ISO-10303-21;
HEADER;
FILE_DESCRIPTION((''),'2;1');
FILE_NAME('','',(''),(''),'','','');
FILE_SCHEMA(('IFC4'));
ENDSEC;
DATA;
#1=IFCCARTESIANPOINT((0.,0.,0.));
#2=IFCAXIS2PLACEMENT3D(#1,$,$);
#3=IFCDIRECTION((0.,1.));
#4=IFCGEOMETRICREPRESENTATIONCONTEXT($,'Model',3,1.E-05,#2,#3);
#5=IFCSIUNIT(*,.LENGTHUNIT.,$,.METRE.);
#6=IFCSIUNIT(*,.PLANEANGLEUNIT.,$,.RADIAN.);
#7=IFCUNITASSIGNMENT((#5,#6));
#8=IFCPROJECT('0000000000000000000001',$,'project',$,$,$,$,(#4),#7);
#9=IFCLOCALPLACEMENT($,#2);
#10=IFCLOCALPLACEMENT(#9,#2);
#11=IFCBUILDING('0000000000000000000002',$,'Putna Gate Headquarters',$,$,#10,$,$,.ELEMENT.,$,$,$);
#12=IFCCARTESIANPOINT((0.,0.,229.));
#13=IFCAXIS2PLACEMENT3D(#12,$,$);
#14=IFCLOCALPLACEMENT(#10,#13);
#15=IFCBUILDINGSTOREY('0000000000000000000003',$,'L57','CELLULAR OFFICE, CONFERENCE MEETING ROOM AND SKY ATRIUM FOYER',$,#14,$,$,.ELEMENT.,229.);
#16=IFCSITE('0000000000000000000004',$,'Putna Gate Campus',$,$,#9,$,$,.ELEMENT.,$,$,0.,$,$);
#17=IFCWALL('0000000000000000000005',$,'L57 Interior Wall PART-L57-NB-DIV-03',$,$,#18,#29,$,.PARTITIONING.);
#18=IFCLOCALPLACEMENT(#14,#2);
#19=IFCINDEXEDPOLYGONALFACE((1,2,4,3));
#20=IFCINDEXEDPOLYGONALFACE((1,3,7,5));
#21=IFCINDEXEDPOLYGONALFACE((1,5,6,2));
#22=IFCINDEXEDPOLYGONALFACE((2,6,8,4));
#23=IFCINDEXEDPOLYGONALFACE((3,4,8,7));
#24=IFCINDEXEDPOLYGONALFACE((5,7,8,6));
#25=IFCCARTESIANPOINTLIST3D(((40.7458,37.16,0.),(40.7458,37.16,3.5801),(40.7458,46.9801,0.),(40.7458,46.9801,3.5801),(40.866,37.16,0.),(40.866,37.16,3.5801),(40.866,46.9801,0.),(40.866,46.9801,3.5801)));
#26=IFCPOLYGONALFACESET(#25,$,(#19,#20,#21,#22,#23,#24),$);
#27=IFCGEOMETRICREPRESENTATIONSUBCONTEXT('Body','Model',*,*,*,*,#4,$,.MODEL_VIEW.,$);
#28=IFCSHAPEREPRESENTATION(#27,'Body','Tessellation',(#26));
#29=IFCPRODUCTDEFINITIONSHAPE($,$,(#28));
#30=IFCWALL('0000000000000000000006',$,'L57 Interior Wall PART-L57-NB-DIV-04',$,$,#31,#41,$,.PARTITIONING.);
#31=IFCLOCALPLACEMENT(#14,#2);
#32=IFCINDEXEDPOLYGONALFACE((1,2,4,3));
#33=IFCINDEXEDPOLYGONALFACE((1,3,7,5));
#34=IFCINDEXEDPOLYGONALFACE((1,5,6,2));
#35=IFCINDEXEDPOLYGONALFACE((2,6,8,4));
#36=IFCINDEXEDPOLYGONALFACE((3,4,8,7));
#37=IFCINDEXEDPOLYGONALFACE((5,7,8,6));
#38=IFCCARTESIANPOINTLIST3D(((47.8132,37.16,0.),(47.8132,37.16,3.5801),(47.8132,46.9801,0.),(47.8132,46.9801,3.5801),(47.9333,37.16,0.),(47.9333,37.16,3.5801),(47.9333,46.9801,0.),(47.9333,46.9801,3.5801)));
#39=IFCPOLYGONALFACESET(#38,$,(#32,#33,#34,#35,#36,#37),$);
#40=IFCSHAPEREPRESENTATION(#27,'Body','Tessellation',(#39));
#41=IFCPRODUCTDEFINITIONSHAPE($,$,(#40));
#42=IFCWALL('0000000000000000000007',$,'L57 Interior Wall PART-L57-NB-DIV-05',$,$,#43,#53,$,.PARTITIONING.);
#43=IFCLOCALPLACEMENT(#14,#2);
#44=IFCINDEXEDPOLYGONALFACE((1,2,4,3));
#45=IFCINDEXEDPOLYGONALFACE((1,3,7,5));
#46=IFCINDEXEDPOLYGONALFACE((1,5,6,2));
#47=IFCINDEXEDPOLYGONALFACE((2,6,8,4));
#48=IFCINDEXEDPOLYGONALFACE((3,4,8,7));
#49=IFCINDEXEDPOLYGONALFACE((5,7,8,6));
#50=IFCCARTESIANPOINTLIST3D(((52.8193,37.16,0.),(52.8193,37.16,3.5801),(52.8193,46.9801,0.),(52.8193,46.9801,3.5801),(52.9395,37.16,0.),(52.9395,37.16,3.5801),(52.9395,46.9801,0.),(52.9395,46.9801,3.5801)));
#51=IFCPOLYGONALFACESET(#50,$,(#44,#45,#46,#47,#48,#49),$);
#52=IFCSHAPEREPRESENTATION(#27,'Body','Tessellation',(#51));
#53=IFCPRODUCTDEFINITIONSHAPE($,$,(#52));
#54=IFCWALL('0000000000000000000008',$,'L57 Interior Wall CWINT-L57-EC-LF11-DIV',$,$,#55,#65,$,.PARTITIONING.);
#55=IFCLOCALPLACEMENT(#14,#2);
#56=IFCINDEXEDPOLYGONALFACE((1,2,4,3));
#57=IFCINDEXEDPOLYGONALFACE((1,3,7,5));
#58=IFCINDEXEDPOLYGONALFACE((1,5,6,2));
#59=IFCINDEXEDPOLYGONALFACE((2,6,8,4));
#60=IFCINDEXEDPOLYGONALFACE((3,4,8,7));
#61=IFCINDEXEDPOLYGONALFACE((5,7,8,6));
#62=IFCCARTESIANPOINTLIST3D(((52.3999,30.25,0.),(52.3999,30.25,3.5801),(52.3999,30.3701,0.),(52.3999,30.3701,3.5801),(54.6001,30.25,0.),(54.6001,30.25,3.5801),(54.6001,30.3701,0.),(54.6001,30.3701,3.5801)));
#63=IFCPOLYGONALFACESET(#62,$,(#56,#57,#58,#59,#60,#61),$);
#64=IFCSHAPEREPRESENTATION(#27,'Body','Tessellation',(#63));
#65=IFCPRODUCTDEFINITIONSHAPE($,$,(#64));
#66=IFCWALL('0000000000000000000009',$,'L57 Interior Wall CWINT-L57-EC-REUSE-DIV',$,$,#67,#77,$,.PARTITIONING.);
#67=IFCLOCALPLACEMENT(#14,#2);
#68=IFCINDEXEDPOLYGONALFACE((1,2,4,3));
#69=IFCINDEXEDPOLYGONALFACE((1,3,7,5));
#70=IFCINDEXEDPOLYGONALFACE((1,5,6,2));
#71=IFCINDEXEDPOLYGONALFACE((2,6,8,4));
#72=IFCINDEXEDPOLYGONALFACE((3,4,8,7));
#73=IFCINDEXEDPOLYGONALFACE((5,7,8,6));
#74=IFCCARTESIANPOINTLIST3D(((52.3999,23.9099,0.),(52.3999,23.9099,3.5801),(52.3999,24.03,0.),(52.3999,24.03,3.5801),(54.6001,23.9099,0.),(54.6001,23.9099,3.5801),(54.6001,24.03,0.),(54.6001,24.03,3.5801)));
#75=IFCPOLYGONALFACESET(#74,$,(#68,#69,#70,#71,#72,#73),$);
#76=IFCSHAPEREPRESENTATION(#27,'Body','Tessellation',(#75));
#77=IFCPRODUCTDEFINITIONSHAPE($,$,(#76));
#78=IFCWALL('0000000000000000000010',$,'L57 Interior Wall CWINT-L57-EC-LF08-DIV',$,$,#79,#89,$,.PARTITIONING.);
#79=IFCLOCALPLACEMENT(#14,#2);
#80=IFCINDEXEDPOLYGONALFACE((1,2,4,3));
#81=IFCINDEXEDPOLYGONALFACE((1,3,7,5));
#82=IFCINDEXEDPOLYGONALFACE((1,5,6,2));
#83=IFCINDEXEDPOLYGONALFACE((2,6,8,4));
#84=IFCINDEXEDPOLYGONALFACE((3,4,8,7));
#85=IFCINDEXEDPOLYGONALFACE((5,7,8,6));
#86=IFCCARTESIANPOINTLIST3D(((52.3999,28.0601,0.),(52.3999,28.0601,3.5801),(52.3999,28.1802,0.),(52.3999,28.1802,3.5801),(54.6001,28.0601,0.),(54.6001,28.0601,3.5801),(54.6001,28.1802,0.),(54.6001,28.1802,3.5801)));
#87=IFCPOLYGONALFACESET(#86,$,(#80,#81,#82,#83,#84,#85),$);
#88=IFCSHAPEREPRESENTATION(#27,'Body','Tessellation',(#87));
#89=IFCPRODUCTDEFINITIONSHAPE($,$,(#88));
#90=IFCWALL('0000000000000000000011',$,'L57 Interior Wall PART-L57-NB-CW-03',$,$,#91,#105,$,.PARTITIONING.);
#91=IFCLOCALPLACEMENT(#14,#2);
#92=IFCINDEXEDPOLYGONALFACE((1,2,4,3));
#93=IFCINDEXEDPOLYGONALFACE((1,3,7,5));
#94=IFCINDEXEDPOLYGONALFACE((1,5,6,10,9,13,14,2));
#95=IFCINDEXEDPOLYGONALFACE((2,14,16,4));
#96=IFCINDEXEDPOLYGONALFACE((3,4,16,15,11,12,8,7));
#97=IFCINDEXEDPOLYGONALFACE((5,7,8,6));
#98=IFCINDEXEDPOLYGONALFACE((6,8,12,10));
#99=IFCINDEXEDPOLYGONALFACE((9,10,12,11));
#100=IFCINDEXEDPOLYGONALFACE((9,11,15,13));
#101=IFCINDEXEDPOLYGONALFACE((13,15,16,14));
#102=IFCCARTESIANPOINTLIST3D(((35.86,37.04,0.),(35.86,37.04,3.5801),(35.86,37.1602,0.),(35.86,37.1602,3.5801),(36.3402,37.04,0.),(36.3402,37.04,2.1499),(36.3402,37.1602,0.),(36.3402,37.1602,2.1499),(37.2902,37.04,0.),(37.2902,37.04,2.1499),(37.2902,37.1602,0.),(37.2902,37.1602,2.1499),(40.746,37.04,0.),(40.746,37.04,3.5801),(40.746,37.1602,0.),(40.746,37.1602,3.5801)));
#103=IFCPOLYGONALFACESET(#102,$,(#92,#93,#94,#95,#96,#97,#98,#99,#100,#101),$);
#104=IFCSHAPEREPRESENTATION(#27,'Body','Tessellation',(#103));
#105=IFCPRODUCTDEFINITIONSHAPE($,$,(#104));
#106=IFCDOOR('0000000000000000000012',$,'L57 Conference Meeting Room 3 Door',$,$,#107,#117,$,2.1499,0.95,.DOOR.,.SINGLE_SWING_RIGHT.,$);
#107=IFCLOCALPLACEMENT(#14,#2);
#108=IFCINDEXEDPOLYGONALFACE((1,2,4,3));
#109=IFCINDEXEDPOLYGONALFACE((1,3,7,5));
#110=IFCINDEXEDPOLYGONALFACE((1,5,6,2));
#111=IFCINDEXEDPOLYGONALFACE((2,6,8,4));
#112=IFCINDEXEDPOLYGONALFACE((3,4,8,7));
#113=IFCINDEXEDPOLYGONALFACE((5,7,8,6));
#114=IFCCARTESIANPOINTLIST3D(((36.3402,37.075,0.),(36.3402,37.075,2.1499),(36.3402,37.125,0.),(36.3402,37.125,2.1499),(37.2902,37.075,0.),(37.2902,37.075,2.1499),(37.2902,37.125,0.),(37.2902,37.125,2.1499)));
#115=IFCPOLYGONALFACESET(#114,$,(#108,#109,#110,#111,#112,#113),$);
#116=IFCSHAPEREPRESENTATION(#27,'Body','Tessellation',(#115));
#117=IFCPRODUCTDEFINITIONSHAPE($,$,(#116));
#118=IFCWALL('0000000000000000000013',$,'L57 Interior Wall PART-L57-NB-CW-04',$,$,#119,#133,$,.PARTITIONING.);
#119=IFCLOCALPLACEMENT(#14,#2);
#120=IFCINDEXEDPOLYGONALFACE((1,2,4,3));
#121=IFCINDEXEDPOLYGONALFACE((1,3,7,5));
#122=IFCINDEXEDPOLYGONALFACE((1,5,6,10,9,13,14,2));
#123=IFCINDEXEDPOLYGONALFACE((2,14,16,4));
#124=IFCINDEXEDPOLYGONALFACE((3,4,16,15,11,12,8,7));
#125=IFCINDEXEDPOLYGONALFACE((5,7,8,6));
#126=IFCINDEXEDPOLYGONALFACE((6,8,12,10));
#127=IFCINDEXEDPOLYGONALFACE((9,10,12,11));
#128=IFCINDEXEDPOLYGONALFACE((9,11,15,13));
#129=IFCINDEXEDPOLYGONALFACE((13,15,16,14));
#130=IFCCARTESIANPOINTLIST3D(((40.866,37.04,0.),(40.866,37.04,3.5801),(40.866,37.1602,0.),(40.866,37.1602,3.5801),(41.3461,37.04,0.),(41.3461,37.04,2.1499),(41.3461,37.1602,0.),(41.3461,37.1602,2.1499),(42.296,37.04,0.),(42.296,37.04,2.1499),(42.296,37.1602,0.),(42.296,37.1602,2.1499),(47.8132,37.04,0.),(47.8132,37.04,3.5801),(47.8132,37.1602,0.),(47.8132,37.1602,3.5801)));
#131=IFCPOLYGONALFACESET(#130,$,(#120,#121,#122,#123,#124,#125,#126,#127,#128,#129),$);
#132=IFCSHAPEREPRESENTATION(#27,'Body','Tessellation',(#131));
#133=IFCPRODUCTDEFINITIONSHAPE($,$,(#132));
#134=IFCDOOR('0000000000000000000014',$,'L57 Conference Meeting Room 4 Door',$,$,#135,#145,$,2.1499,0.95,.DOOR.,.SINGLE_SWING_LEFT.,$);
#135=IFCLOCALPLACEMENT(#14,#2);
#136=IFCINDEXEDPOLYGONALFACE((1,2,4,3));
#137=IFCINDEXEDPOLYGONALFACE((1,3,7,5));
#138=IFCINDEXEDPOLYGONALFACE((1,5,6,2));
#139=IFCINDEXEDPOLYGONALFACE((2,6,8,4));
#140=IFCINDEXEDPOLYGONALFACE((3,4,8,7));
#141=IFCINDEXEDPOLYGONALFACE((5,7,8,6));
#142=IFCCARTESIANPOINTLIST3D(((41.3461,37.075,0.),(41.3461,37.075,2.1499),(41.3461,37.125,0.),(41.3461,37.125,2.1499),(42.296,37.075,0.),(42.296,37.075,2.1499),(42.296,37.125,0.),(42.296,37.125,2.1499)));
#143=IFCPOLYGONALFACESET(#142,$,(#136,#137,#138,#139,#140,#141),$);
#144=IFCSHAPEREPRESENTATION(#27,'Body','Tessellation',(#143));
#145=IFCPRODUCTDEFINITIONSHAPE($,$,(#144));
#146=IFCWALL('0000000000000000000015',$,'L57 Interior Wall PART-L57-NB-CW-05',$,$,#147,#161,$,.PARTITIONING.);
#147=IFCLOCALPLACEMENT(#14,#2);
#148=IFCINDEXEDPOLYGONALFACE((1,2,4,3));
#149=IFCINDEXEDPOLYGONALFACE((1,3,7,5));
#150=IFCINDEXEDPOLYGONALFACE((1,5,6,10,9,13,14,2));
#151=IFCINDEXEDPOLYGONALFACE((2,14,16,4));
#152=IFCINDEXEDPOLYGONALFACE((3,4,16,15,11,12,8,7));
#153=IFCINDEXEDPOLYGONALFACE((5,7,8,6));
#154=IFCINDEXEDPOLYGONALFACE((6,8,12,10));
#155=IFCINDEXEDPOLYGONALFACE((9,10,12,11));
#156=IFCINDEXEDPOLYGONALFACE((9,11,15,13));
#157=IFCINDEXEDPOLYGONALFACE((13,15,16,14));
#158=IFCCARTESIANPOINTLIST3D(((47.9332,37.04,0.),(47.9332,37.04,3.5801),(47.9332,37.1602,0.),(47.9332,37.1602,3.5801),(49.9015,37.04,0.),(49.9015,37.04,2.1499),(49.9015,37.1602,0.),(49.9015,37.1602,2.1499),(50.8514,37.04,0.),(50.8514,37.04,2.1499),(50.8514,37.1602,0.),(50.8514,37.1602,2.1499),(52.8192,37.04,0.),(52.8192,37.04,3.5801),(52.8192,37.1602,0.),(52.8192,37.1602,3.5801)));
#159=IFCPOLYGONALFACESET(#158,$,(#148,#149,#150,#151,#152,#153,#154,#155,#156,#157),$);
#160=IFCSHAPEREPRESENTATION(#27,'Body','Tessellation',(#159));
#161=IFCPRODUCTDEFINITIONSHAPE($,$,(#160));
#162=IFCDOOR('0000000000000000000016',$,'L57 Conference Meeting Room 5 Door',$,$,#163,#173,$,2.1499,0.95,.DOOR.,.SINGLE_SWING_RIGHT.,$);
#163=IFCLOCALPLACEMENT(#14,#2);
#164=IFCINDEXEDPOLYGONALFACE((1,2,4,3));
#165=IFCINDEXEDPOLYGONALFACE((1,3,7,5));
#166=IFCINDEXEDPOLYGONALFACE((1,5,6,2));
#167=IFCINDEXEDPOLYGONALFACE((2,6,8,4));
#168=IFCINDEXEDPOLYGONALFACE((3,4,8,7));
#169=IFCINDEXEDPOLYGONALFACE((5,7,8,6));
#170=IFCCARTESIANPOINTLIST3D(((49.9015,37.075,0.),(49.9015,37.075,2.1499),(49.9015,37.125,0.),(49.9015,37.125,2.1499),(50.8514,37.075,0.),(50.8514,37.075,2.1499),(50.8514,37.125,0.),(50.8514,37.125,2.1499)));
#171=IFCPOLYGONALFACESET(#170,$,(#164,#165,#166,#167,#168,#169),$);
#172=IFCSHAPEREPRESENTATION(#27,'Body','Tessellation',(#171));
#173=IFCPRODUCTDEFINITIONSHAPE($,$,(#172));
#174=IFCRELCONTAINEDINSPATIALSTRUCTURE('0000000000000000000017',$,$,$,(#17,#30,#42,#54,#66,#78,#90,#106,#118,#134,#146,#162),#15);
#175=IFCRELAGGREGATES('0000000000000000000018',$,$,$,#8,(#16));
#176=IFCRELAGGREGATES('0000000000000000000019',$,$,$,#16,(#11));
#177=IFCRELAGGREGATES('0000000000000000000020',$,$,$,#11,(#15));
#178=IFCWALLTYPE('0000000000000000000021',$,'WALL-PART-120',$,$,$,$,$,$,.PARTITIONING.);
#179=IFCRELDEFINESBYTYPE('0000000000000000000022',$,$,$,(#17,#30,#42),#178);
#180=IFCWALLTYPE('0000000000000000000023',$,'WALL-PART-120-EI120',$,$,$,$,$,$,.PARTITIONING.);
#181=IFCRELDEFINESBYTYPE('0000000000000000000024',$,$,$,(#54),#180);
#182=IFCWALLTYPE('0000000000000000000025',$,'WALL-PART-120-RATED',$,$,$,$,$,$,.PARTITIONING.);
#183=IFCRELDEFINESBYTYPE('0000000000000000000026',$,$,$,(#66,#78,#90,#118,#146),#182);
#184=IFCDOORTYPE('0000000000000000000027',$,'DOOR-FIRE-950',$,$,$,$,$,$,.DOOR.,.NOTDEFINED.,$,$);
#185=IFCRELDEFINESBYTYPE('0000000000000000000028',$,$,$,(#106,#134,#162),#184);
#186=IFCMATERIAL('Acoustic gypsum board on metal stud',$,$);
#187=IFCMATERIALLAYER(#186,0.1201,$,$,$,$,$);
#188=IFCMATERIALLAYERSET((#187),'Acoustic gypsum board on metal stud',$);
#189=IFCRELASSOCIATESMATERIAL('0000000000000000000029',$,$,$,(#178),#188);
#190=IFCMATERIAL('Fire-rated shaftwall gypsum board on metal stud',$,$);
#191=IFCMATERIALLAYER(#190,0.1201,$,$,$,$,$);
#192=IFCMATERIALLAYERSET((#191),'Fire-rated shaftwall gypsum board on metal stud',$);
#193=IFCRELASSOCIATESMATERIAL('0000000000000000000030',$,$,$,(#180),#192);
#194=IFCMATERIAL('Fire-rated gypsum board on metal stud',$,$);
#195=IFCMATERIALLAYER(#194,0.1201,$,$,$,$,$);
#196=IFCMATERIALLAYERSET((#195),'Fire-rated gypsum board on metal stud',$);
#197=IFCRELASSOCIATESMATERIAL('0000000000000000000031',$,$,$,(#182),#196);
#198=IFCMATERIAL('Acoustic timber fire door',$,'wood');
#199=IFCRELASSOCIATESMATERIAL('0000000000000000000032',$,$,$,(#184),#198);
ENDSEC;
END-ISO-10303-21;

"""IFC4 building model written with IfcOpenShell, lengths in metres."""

from ifc_helpers import new_model, si_unit, direction, frame, frame_2d, origin, place, context, subcontext, project, spatial, rectangle, extrude, material, layer, layer_set, type_object, element, fill, save


model = new_model("IFC4")

# Units and contexts
model_context = context("Model", 3, precision=1e-05, world=origin(), true_north=direction((0.0, 1.0)))
body_context = subcontext(model_context, "Body", "Model", "MODEL_VIEW")
ifc_project = project(units=[si_unit("LENGTHUNIT", "METRE"), si_unit("PLANEANGLEUNIT", "RADIAN")], contexts=[model_context])

# Site, building, storey
site_placement = place(None, origin())
site = spatial("IfcSite", under=ifc_project, at=site_placement, Name="Putna Gate Campus", CompositionType="ELEMENT", RefElevation=0.0)
building_placement = place(site_placement, origin())
building = spatial("IfcBuilding", under=site, at=building_placement, Name="Putna Gate Headquarters", CompositionType="ELEMENT")
storey_placement = place(building_placement, frame((0.0, 0.0, 229.0)))
storey = spatial("IfcBuildingStorey", under=building, at=storey_placement, Name="L57", Description="CELLULAR OFFICE, CONFERENCE MEETING ROOM AND SKY ATRIUM FOYER", CompositionType="ELEMENT", Elevation=229.0)

# Shared definitions
ifc_material_1 = material(Name="Acoustic gypsum board on metal stud")
ifc_layer_1 = layer(ifc_material_1, 0.1201)
ifc_layer_set_1 = layer_set([ifc_layer_1], Name="Acoustic gypsum board on metal stud")
wall_type_1 = type_object("IfcWallType", Name="WALL-PART-120", PredefinedType="PARTITIONING", material=ifc_layer_set_1)

# Walls
for number, where, z_axis, x_axis, name in (
    (1, (40.8059, 37.1599, 0.0), (0.0, 0.0, 1.0), (0.0, 1.0, 0.0), "L57 Interior Wall PART-L57-NB-DIV-03"),
    (2, (47.8733, 37.1599, 0.0), (0.0, 0.0, 1.0), (0.0, 1.0, 0.0), "L57 Interior Wall PART-L57-NB-DIV-04"),
    (3, (52.8794, 37.1599, 0.0), (0.0, 0.0, 1.0), (0.0, 1.0, 0.0), "L57 Interior Wall PART-L57-NB-DIV-05"),
):
    element("IfcWall", number, at=place(storey_placement, frame(where, z_axis=z_axis, x_axis=x_axis)), inside=storey, type_object=wall_type_1, Name=name, PredefinedType="PARTITIONING", context=body_context, shape_type="SweptSolid", body=[
        extrude(rectangle(XDim=9.8201, YDim=0.1201, at=frame_2d((4.9102, 0.0))), origin(), (0.0, 0.0, 1.0), 3.5801),
    ])
ifc_material_2 = material(Name="Fire-rated shaftwall gypsum board on metal stud")
ifc_layer_2 = layer(ifc_material_2, 0.1201)
ifc_layer_set_2 = layer_set([ifc_layer_2], Name="Fire-rated shaftwall gypsum board on metal stud")
wall_type_2 = type_object("IfcWallType", Name="WALL-PART-120-EI120", PredefinedType="PARTITIONING", material=ifc_layer_set_2)
wall_1_placement = place(storey_placement, frame((52.3999, 30.3101, 0.0), z_axis=(0.0, 0.0, 1.0), x_axis=(1.0, 0.0, 0.0)))
element("IfcWall", 4, at=wall_1_placement, inside=storey, type_object=wall_type_2, Name="L57 Interior Wall CWINT-L57-EC-LF11-DIV", PredefinedType="PARTITIONING", context=body_context, shape_type="SweptSolid", body=[
    extrude(rectangle(XDim=2.2002, YDim=0.1201, at=frame_2d((1.1001, 0.0))), origin(), (0.0, 0.0, 1.0), 3.5801),
])
ifc_material_3 = material(Name="Fire-rated gypsum board on metal stud")
ifc_layer_3 = layer(ifc_material_3, 0.1201)
ifc_layer_set_3 = layer_set([ifc_layer_3], Name="Fire-rated gypsum board on metal stud")
wall_type_3 = type_object("IfcWallType", Name="WALL-PART-120-RATED", PredefinedType="PARTITIONING", material=ifc_layer_set_3)
for number, where, z_axis, x_axis, name in (
    (5, (52.3999, 23.97, 0.0), (0.0, 0.0, 1.0), (1.0, 0.0, 0.0), "L57 Interior Wall CWINT-L57-EC-REUSE-DIV"),
    (6, (52.3999, 28.1201, 0.0), (0.0, 0.0, 1.0), (1.0, 0.0, 0.0), "L57 Interior Wall CWINT-L57-EC-LF08-DIV"),
):
    element("IfcWall", number, at=place(storey_placement, frame(where, z_axis=z_axis, x_axis=x_axis)), inside=storey, type_object=wall_type_3, Name=name, PredefinedType="PARTITIONING", context=body_context, shape_type="SweptSolid", body=[
        extrude(rectangle(XDim=2.2002, YDim=0.1201, at=frame_2d((1.1001, 0.0))), origin(), (0.0, 0.0, 1.0), 3.5801),
    ])

# Walls, openings, doors
wall_2_placement = place(storey_placement, frame((35.8601, 37.1001, 0.0), z_axis=(0.0, 0.0, 1.0), x_axis=(1.0, 0.0, 0.0)))
wall_2 = element("IfcWall", 7, at=wall_2_placement, inside=storey, type_object=wall_type_3, Name="L57 Interior Wall PART-L57-NB-CW-03", PredefinedType="PARTITIONING", context=body_context, shape_type="SweptSolid", body=[
    extrude(rectangle(XDim=4.886, YDim=0.1201, at=frame_2d((2.4429, 0.0))), origin(), (0.0, 0.0, 1.0), 3.5801),
])
opening_1_placement = place(wall_2_placement, frame((0.48, 0.0, 0.0)))
opening_1 = element("IfcOpeningElement", 8, at=opening_1_placement, cuts=wall_2, PredefinedType="OPENING", context=body_context, shape_type="SweptSolid", body=[
    extrude(rectangle(XDim=0.95, YDim=2.1499, at=frame_2d((0.4751, 1.075))), frame((0.0, 0.0701, 0.0), z_axis=(0.0, -1.0, 0.0), x_axis=(1.0, 0.0, 0.0)), (0.0, 0.0, 1.0), 0.1401),
])
ifc_material_4 = material(Name="Acoustic timber fire door", Category="wood")
door_type_1 = type_object("IfcDoorType", Name="DOOR-FIRE-950", OperationType="NOTDEFINED", PredefinedType="DOOR", material=ifc_material_4)
door_1_placement = place(opening_1_placement, origin())
door_1 = element("IfcDoor", 9, at=door_1_placement, inside=storey, type_object=door_type_1, Name="L57 Conference Meeting Room 3 Door", OperationType="SINGLE_SWING_RIGHT", OverallHeight=2.1499, OverallWidth=0.95, PredefinedType="DOOR", context=body_context, shape_type="SweptSolid", body=[
    extrude(rectangle(XDim=0.95, YDim=2.1499, at=frame_2d((0.4751, 1.075))), frame((0.0, 0.0249, 0.0), z_axis=(0.0, -1.0, 0.0), x_axis=(1.0, 0.0, 0.0)), (0.0, 0.0, 1.0), 0.05),
])
fill(opening_1, door_1)
wall_3_placement = place(storey_placement, frame((40.866, 37.1001, 0.0), z_axis=(0.0, 0.0, 1.0), x_axis=(1.0, 0.0, 0.0)))
wall_3 = element("IfcWall", 10, at=wall_3_placement, inside=storey, type_object=wall_type_3, Name="L57 Interior Wall PART-L57-NB-CW-04", PredefinedType="PARTITIONING", context=body_context, shape_type="SweptSolid", body=[
    extrude(rectangle(XDim=6.9473, YDim=0.1201, at=frame_2d((3.4736, 0.0))), origin(), (0.0, 0.0, 1.0), 3.5801),
])
opening_2_placement = place(wall_3_placement, frame((0.48, 0.0, 0.0)))
opening_2 = element("IfcOpeningElement", 11, at=opening_2_placement, cuts=wall_3, PredefinedType="OPENING", context=body_context, shape_type="SweptSolid", body=[
    extrude(rectangle(XDim=0.95, YDim=2.1499, at=frame_2d((0.4751, 1.075))), frame((0.0, 0.0701, 0.0), z_axis=(0.0, -1.0, 0.0), x_axis=(1.0, 0.0, 0.0)), (0.0, 0.0, 1.0), 0.1401),
])
door_2_placement = place(opening_2_placement, origin())
door_2 = element("IfcDoor", 12, at=door_2_placement, inside=storey, type_object=door_type_1, Name="L57 Conference Meeting Room 4 Door", OperationType="SINGLE_SWING_LEFT", OverallHeight=2.1499, OverallWidth=0.95, PredefinedType="DOOR", context=body_context, shape_type="SweptSolid", body=[
    extrude(rectangle(XDim=0.95, YDim=2.1499, at=frame_2d((0.4751, 1.075))), frame((0.0, 0.0249, 0.0), z_axis=(0.0, -1.0, 0.0), x_axis=(1.0, 0.0, 0.0)), (0.0, 0.0, 1.0), 0.05),
])
fill(opening_2, door_2)
wall_4_placement = place(storey_placement, frame((47.9333, 37.1001, 0.0), z_axis=(0.0, 0.0, 1.0), x_axis=(1.0, 0.0, 0.0)))
wall_4 = element("IfcWall", 13, at=wall_4_placement, inside=storey, type_object=wall_type_3, Name="L57 Interior Wall PART-L57-NB-CW-05", PredefinedType="PARTITIONING", context=body_context, shape_type="SweptSolid", body=[
    extrude(rectangle(XDim=4.886, YDim=0.1201, at=frame_2d((2.4429, 0.0))), origin(), (0.0, 0.0, 1.0), 3.5801),
])
opening_3_placement = place(wall_4_placement, frame((1.968, 0.0, 0.0)))
opening_3 = element("IfcOpeningElement", 14, at=opening_3_placement, cuts=wall_4, PredefinedType="OPENING", context=body_context, shape_type="SweptSolid", body=[
    extrude(rectangle(XDim=0.95, YDim=2.1499, at=frame_2d((0.4751, 1.075))), frame((0.0, 0.0701, 0.0), z_axis=(0.0, -1.0, 0.0), x_axis=(1.0, 0.0, 0.0)), (0.0, 0.0, 1.0), 0.1401),
])
door_3_placement = place(opening_3_placement, origin())
door_3 = element("IfcDoor", 15, at=door_3_placement, inside=storey, type_object=door_type_1, Name="L57 Conference Meeting Room 5 Door", OperationType="SINGLE_SWING_RIGHT", OverallHeight=2.1499, OverallWidth=0.95, PredefinedType="DOOR", context=body_context, shape_type="SweptSolid", body=[
    extrude(rectangle(XDim=0.95, YDim=2.1499, at=frame_2d((0.4751, 1.075))), frame((0.0, 0.0249, 0.0), z_axis=(0.0, -1.0, 0.0), x_axis=(1.0, 0.0, 0.0)), (0.0, 0.0, 1.0), 0.05),
])
fill(opening_3, door_3)

save(model, "model.ifc")
